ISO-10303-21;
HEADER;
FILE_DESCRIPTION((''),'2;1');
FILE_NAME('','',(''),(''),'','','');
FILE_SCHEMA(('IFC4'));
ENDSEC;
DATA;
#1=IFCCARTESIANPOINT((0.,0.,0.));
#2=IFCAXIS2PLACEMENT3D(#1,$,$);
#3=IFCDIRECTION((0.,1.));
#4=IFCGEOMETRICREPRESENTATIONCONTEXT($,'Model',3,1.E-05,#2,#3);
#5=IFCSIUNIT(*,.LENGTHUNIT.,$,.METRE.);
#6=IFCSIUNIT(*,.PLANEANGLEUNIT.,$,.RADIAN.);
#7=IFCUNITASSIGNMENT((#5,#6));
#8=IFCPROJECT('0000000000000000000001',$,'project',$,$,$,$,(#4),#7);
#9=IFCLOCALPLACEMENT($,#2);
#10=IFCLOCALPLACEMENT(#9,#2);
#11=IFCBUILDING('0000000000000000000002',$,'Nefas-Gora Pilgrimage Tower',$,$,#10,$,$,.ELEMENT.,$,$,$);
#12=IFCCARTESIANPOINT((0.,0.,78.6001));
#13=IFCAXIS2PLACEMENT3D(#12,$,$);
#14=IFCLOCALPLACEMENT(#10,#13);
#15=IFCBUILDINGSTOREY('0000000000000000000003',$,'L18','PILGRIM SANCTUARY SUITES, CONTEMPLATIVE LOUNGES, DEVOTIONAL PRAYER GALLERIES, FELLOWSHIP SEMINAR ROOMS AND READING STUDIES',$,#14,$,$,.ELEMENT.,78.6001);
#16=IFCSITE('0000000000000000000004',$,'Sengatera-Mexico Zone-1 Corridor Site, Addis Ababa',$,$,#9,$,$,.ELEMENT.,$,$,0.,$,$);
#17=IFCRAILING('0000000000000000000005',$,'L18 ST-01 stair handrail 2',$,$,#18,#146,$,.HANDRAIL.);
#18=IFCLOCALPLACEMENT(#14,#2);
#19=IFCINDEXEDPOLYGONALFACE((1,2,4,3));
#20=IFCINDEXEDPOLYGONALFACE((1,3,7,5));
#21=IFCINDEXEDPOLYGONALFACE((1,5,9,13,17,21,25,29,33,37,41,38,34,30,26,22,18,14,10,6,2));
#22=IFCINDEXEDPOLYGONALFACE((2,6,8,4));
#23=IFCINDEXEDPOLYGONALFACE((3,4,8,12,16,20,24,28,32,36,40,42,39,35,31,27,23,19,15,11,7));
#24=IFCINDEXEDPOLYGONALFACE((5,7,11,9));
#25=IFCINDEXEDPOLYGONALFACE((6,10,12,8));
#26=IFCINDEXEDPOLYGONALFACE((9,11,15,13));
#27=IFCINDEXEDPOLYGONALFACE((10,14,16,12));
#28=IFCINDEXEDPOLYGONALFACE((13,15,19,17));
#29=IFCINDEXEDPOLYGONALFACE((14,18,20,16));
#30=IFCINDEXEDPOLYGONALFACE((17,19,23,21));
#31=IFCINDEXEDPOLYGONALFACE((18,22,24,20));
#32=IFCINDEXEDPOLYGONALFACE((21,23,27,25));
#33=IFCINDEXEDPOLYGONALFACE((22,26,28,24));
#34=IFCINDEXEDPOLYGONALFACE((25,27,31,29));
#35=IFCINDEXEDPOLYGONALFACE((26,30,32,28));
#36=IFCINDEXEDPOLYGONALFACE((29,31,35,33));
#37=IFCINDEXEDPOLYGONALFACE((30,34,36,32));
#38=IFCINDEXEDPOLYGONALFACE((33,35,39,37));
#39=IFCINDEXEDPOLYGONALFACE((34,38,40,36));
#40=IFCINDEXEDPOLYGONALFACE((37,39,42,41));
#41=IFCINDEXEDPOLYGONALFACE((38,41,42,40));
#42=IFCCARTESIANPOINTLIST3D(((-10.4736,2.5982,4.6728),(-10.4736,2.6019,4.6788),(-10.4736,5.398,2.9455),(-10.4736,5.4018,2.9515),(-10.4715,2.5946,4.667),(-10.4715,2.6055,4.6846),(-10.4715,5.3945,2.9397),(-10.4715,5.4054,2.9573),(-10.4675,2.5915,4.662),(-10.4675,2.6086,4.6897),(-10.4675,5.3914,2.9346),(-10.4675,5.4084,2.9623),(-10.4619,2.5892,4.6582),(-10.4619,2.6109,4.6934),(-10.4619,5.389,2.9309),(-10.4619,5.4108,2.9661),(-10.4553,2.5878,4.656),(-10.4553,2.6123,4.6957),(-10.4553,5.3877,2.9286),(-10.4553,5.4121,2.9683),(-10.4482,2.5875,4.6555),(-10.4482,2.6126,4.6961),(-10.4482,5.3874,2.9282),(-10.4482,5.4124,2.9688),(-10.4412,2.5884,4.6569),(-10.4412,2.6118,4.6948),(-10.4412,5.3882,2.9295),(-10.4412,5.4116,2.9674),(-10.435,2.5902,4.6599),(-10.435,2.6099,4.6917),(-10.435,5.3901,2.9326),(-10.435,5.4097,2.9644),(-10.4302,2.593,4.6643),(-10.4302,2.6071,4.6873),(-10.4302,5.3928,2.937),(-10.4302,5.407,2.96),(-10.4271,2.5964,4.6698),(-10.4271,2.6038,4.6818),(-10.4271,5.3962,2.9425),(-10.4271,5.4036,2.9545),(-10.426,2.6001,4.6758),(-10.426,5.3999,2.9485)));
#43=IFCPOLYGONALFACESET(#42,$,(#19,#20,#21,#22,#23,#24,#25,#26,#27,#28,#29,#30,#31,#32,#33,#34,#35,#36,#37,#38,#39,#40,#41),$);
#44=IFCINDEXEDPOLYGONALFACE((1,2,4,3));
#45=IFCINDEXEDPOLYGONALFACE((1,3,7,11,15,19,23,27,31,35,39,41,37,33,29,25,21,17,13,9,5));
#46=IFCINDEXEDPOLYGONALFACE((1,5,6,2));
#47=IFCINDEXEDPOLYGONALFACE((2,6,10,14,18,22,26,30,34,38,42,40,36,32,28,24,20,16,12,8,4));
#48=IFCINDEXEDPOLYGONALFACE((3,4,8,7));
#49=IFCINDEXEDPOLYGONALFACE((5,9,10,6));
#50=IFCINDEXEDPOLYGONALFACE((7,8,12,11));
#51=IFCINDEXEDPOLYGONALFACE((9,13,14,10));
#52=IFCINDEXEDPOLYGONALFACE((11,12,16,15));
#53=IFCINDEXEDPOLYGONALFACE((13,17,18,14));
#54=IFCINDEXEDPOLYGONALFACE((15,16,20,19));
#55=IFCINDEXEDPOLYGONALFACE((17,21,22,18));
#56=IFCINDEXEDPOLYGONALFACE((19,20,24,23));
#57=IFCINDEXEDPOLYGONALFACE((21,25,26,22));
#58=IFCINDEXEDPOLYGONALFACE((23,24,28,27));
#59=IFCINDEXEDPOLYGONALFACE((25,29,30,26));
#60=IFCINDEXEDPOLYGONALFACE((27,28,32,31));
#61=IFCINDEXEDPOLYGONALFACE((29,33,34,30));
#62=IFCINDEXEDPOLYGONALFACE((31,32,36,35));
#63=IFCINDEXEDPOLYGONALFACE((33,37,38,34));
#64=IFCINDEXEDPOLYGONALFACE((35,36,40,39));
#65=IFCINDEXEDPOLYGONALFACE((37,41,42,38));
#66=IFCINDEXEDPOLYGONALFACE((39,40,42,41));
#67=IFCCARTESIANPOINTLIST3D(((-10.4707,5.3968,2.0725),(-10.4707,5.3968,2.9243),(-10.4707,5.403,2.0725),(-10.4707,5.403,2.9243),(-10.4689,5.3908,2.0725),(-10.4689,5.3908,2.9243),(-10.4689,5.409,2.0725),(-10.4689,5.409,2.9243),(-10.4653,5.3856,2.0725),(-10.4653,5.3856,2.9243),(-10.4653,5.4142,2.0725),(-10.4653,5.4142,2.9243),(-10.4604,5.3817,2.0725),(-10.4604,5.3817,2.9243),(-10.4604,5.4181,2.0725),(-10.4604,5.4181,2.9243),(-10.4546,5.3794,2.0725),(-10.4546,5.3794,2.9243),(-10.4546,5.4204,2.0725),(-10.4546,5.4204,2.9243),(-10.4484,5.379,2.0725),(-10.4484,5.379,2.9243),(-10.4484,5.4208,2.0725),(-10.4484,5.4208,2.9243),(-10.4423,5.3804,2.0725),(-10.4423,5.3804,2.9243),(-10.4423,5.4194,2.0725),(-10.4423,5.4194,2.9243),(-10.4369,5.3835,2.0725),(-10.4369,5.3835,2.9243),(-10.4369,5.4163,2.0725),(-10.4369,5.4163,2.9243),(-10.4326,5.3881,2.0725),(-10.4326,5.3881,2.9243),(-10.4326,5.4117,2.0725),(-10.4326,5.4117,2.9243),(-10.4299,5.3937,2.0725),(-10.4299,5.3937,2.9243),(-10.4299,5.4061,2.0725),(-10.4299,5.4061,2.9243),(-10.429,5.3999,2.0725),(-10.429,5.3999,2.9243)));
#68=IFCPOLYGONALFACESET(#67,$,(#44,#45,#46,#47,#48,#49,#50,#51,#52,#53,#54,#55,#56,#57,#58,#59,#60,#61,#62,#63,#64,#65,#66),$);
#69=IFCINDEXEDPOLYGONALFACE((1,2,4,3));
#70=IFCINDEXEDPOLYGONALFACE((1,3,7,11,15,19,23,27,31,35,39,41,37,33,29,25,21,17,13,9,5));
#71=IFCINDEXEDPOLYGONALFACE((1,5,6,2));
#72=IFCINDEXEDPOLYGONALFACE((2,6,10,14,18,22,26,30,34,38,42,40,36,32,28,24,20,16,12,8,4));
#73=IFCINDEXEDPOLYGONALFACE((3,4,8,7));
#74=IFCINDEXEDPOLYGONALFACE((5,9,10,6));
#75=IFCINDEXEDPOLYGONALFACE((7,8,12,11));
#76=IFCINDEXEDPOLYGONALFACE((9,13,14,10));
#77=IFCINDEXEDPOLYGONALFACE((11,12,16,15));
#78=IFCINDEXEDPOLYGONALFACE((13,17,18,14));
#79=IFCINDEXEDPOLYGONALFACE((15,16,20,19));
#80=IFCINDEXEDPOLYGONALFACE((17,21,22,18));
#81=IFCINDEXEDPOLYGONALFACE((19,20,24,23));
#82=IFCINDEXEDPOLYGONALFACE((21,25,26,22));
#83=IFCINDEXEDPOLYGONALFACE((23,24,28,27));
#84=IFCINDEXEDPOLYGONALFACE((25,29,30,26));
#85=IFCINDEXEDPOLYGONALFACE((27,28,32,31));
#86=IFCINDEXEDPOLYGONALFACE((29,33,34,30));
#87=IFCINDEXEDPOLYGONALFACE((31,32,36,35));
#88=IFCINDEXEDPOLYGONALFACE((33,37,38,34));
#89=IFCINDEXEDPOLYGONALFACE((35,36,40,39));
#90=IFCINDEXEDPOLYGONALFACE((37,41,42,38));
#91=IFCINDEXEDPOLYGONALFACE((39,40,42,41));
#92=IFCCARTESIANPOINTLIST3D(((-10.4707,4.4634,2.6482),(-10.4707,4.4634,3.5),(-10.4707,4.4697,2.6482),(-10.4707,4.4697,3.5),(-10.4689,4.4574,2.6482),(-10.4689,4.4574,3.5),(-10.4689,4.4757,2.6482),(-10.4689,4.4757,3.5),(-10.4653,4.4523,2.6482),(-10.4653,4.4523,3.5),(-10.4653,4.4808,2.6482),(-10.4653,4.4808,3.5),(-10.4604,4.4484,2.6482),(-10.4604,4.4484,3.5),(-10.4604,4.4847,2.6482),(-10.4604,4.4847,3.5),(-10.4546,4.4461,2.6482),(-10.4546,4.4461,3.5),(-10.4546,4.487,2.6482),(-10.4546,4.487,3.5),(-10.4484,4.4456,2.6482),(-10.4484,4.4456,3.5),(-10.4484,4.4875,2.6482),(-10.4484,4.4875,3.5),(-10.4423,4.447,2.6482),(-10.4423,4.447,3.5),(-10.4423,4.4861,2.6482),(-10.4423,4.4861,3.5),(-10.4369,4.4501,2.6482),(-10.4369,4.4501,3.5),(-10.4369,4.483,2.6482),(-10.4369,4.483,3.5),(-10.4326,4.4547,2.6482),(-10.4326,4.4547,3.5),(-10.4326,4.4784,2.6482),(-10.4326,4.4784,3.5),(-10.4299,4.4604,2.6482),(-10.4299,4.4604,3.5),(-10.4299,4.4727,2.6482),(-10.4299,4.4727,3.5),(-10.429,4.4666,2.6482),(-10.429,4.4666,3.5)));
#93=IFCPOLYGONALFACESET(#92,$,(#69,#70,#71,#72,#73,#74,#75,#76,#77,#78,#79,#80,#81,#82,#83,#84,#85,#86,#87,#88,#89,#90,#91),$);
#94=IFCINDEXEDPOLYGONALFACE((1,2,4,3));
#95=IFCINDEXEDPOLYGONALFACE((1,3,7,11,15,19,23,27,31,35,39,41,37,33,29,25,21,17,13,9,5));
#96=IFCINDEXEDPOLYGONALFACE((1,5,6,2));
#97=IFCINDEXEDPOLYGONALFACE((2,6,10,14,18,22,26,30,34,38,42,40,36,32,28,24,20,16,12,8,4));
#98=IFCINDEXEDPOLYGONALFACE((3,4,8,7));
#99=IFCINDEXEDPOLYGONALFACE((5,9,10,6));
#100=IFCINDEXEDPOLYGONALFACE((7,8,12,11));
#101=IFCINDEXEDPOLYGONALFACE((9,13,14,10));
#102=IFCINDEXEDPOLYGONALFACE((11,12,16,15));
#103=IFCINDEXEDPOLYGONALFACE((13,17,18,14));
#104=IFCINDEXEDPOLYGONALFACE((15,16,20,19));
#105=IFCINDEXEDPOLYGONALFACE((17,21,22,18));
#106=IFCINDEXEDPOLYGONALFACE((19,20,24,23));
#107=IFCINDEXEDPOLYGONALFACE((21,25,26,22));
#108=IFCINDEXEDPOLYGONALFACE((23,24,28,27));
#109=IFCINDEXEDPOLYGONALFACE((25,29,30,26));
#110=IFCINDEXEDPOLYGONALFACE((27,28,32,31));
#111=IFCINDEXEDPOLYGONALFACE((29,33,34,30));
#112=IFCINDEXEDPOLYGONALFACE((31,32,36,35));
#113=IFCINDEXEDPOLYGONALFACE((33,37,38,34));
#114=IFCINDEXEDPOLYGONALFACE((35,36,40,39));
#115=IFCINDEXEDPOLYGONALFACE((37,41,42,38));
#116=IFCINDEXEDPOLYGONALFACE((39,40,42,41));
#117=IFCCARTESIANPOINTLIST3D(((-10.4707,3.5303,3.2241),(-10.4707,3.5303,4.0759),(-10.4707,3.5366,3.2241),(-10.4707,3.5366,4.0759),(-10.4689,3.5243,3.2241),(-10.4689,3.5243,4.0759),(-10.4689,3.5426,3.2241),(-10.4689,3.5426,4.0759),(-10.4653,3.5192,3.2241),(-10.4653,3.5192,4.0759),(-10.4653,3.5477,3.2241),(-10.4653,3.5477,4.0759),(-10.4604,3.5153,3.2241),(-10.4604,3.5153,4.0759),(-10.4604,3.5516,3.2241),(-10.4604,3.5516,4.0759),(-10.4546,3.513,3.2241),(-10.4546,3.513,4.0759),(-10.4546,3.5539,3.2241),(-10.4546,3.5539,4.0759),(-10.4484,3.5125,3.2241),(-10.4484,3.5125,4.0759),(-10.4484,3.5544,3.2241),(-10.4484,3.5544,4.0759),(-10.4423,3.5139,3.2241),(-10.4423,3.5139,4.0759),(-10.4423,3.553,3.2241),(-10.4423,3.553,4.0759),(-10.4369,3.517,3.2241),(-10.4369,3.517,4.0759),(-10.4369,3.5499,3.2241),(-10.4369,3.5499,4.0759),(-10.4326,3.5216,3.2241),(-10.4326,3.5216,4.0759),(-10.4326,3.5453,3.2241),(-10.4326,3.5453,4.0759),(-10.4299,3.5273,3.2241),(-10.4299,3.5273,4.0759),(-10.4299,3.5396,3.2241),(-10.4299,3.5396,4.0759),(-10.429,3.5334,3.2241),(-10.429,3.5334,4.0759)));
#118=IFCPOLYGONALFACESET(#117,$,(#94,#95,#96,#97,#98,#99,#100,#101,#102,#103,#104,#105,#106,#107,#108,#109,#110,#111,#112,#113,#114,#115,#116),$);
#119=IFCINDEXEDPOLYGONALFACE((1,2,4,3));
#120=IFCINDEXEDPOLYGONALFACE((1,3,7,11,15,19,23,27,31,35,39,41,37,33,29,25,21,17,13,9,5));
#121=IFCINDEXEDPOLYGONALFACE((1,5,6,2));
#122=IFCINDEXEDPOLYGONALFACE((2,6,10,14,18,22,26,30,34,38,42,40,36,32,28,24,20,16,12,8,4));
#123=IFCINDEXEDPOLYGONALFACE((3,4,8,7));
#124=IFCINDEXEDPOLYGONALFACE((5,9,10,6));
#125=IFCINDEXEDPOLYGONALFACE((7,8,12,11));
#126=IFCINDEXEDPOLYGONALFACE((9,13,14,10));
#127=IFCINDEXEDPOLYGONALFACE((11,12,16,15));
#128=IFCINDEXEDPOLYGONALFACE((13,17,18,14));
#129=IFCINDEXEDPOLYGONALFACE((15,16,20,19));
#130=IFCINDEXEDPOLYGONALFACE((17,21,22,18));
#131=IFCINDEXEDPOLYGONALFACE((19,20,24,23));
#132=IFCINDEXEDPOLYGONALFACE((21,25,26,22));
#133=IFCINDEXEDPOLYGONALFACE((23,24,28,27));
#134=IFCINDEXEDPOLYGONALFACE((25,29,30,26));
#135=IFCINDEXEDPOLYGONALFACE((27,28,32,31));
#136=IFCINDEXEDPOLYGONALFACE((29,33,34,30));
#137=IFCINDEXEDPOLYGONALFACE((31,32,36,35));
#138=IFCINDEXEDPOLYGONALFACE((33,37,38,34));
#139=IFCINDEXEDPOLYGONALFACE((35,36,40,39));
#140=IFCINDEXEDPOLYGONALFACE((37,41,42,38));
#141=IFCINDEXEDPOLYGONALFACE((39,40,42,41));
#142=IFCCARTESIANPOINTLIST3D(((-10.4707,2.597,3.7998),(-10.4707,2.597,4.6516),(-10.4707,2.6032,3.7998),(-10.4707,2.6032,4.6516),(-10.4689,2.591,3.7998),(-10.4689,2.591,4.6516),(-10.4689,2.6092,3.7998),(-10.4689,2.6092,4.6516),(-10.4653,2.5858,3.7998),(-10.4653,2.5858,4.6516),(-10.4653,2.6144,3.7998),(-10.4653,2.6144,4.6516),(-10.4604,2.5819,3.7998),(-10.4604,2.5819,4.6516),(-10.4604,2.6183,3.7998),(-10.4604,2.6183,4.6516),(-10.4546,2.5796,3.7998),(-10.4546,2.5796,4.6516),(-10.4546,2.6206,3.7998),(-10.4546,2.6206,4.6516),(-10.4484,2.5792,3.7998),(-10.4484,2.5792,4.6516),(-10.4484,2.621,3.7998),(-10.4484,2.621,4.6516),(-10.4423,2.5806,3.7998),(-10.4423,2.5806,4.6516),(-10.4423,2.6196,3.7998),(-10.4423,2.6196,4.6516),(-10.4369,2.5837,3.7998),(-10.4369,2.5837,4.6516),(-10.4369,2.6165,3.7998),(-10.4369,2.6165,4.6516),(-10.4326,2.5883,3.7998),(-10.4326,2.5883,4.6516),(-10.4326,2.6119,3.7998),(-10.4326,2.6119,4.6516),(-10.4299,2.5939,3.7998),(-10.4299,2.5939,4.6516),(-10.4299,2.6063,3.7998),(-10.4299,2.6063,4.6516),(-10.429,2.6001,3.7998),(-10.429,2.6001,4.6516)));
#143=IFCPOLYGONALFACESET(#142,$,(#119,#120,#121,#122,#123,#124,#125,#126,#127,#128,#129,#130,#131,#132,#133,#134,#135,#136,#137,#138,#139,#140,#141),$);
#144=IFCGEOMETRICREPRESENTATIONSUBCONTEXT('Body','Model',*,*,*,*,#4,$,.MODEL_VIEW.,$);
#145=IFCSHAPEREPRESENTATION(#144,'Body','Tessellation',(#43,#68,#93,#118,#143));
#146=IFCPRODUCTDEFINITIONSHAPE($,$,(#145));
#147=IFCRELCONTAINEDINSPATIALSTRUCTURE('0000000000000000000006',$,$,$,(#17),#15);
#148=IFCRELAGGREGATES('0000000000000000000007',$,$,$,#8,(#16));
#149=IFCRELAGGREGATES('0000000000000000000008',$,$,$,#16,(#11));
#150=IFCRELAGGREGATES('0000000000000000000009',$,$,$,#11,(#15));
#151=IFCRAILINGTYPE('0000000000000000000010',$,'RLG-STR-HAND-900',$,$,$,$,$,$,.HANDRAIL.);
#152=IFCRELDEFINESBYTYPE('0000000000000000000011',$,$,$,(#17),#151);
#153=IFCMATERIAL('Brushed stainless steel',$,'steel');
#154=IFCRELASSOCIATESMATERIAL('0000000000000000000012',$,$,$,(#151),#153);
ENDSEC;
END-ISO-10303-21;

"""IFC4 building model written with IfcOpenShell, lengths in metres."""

from ifc_helpers import new_model, si_unit, direction, frame, origin, origin_2d, place, context, subcontext, project, spatial, circle, extrude, material, type_object, element, save


model = new_model("IFC4")

# Units and contexts
model_context = context("Model", 3, precision=1e-05, world=origin(), true_north=direction((0.0, 1.0)))
body_context = subcontext(model_context, "Body", "Model", "MODEL_VIEW")
ifc_project = project(units=[si_unit("LENGTHUNIT", "METRE"), si_unit("PLANEANGLEUNIT", "RADIAN")], contexts=[model_context])

# Site, building, storey
site_placement = place(None, origin())
site = spatial("IfcSite", under=ifc_project, at=site_placement, Name="Sengatera-Mexico Zone-1 Corridor Site, Addis Ababa", CompositionType="ELEMENT", RefElevation=0.0)
building_placement = place(site_placement, origin())
building = spatial("IfcBuilding", under=site, at=building_placement, Name="Nefas-Gora Pilgrimage Tower", CompositionType="ELEMENT")
storey_placement = place(building_placement, frame((0.0, 0.0, 78.6001)))
storey = spatial("IfcBuildingStorey", under=building, at=storey_placement, Name="L18", Description="PILGRIM SANCTUARY SUITES, CONTEMPLATIVE LOUNGES, DEVOTIONAL PRAYER GALLERIES, FELLOWSHIP SEMINAR ROOMS AND READING STUDIES", CompositionType="ELEMENT", Elevation=78.6001)

# Railing
ifc_material_1 = material(Name="Brushed stainless steel", Category="steel")
railing_type_1 = type_object("IfcRailingType", Name="RLG-STR-HAND-900", PredefinedType="HANDRAIL", material=ifc_material_1)
railing_1_placement = place(storey_placement, frame((-10.45, 5.3999, 2.0725)))
element("IfcRailing", 1, at=railing_1_placement, inside=storey, type_object=railing_type_1, Name="L18 ST-01 stair handrail 2", PredefinedType="HANDRAIL", context=body_context, shape_type="SweptSolid", body=[
    extrude(circle(Radius=0.0239, at=origin_2d()), frame((0.0, 0.0, 0.876), z_axis=(0.0, -0.851069, 0.525054), x_axis=(1.0, 0.0, 0.0)), (0.0, 0.0, 1.0), 3.2898),
    extrude(circle(Radius=0.021, at=origin_2d()), origin(), (0.0, 0.0, 1.0), 0.8518),
    extrude(circle(Radius=0.021, at=origin_2d()), frame((0.0, -0.9333, 0.5757)), (0.0, 0.0, 1.0), 0.8518),
    extrude(circle(Radius=0.021, at=origin_2d()), frame((0.0, -1.8665, 1.1516)), (0.0, 0.0, 1.0), 0.8518),
    extrude(circle(Radius=0.021, at=origin_2d()), frame((0.0, -2.7998, 1.7273)), (0.0, 0.0, 1.0), 0.8518),
])

save(model, "model.ifc")
